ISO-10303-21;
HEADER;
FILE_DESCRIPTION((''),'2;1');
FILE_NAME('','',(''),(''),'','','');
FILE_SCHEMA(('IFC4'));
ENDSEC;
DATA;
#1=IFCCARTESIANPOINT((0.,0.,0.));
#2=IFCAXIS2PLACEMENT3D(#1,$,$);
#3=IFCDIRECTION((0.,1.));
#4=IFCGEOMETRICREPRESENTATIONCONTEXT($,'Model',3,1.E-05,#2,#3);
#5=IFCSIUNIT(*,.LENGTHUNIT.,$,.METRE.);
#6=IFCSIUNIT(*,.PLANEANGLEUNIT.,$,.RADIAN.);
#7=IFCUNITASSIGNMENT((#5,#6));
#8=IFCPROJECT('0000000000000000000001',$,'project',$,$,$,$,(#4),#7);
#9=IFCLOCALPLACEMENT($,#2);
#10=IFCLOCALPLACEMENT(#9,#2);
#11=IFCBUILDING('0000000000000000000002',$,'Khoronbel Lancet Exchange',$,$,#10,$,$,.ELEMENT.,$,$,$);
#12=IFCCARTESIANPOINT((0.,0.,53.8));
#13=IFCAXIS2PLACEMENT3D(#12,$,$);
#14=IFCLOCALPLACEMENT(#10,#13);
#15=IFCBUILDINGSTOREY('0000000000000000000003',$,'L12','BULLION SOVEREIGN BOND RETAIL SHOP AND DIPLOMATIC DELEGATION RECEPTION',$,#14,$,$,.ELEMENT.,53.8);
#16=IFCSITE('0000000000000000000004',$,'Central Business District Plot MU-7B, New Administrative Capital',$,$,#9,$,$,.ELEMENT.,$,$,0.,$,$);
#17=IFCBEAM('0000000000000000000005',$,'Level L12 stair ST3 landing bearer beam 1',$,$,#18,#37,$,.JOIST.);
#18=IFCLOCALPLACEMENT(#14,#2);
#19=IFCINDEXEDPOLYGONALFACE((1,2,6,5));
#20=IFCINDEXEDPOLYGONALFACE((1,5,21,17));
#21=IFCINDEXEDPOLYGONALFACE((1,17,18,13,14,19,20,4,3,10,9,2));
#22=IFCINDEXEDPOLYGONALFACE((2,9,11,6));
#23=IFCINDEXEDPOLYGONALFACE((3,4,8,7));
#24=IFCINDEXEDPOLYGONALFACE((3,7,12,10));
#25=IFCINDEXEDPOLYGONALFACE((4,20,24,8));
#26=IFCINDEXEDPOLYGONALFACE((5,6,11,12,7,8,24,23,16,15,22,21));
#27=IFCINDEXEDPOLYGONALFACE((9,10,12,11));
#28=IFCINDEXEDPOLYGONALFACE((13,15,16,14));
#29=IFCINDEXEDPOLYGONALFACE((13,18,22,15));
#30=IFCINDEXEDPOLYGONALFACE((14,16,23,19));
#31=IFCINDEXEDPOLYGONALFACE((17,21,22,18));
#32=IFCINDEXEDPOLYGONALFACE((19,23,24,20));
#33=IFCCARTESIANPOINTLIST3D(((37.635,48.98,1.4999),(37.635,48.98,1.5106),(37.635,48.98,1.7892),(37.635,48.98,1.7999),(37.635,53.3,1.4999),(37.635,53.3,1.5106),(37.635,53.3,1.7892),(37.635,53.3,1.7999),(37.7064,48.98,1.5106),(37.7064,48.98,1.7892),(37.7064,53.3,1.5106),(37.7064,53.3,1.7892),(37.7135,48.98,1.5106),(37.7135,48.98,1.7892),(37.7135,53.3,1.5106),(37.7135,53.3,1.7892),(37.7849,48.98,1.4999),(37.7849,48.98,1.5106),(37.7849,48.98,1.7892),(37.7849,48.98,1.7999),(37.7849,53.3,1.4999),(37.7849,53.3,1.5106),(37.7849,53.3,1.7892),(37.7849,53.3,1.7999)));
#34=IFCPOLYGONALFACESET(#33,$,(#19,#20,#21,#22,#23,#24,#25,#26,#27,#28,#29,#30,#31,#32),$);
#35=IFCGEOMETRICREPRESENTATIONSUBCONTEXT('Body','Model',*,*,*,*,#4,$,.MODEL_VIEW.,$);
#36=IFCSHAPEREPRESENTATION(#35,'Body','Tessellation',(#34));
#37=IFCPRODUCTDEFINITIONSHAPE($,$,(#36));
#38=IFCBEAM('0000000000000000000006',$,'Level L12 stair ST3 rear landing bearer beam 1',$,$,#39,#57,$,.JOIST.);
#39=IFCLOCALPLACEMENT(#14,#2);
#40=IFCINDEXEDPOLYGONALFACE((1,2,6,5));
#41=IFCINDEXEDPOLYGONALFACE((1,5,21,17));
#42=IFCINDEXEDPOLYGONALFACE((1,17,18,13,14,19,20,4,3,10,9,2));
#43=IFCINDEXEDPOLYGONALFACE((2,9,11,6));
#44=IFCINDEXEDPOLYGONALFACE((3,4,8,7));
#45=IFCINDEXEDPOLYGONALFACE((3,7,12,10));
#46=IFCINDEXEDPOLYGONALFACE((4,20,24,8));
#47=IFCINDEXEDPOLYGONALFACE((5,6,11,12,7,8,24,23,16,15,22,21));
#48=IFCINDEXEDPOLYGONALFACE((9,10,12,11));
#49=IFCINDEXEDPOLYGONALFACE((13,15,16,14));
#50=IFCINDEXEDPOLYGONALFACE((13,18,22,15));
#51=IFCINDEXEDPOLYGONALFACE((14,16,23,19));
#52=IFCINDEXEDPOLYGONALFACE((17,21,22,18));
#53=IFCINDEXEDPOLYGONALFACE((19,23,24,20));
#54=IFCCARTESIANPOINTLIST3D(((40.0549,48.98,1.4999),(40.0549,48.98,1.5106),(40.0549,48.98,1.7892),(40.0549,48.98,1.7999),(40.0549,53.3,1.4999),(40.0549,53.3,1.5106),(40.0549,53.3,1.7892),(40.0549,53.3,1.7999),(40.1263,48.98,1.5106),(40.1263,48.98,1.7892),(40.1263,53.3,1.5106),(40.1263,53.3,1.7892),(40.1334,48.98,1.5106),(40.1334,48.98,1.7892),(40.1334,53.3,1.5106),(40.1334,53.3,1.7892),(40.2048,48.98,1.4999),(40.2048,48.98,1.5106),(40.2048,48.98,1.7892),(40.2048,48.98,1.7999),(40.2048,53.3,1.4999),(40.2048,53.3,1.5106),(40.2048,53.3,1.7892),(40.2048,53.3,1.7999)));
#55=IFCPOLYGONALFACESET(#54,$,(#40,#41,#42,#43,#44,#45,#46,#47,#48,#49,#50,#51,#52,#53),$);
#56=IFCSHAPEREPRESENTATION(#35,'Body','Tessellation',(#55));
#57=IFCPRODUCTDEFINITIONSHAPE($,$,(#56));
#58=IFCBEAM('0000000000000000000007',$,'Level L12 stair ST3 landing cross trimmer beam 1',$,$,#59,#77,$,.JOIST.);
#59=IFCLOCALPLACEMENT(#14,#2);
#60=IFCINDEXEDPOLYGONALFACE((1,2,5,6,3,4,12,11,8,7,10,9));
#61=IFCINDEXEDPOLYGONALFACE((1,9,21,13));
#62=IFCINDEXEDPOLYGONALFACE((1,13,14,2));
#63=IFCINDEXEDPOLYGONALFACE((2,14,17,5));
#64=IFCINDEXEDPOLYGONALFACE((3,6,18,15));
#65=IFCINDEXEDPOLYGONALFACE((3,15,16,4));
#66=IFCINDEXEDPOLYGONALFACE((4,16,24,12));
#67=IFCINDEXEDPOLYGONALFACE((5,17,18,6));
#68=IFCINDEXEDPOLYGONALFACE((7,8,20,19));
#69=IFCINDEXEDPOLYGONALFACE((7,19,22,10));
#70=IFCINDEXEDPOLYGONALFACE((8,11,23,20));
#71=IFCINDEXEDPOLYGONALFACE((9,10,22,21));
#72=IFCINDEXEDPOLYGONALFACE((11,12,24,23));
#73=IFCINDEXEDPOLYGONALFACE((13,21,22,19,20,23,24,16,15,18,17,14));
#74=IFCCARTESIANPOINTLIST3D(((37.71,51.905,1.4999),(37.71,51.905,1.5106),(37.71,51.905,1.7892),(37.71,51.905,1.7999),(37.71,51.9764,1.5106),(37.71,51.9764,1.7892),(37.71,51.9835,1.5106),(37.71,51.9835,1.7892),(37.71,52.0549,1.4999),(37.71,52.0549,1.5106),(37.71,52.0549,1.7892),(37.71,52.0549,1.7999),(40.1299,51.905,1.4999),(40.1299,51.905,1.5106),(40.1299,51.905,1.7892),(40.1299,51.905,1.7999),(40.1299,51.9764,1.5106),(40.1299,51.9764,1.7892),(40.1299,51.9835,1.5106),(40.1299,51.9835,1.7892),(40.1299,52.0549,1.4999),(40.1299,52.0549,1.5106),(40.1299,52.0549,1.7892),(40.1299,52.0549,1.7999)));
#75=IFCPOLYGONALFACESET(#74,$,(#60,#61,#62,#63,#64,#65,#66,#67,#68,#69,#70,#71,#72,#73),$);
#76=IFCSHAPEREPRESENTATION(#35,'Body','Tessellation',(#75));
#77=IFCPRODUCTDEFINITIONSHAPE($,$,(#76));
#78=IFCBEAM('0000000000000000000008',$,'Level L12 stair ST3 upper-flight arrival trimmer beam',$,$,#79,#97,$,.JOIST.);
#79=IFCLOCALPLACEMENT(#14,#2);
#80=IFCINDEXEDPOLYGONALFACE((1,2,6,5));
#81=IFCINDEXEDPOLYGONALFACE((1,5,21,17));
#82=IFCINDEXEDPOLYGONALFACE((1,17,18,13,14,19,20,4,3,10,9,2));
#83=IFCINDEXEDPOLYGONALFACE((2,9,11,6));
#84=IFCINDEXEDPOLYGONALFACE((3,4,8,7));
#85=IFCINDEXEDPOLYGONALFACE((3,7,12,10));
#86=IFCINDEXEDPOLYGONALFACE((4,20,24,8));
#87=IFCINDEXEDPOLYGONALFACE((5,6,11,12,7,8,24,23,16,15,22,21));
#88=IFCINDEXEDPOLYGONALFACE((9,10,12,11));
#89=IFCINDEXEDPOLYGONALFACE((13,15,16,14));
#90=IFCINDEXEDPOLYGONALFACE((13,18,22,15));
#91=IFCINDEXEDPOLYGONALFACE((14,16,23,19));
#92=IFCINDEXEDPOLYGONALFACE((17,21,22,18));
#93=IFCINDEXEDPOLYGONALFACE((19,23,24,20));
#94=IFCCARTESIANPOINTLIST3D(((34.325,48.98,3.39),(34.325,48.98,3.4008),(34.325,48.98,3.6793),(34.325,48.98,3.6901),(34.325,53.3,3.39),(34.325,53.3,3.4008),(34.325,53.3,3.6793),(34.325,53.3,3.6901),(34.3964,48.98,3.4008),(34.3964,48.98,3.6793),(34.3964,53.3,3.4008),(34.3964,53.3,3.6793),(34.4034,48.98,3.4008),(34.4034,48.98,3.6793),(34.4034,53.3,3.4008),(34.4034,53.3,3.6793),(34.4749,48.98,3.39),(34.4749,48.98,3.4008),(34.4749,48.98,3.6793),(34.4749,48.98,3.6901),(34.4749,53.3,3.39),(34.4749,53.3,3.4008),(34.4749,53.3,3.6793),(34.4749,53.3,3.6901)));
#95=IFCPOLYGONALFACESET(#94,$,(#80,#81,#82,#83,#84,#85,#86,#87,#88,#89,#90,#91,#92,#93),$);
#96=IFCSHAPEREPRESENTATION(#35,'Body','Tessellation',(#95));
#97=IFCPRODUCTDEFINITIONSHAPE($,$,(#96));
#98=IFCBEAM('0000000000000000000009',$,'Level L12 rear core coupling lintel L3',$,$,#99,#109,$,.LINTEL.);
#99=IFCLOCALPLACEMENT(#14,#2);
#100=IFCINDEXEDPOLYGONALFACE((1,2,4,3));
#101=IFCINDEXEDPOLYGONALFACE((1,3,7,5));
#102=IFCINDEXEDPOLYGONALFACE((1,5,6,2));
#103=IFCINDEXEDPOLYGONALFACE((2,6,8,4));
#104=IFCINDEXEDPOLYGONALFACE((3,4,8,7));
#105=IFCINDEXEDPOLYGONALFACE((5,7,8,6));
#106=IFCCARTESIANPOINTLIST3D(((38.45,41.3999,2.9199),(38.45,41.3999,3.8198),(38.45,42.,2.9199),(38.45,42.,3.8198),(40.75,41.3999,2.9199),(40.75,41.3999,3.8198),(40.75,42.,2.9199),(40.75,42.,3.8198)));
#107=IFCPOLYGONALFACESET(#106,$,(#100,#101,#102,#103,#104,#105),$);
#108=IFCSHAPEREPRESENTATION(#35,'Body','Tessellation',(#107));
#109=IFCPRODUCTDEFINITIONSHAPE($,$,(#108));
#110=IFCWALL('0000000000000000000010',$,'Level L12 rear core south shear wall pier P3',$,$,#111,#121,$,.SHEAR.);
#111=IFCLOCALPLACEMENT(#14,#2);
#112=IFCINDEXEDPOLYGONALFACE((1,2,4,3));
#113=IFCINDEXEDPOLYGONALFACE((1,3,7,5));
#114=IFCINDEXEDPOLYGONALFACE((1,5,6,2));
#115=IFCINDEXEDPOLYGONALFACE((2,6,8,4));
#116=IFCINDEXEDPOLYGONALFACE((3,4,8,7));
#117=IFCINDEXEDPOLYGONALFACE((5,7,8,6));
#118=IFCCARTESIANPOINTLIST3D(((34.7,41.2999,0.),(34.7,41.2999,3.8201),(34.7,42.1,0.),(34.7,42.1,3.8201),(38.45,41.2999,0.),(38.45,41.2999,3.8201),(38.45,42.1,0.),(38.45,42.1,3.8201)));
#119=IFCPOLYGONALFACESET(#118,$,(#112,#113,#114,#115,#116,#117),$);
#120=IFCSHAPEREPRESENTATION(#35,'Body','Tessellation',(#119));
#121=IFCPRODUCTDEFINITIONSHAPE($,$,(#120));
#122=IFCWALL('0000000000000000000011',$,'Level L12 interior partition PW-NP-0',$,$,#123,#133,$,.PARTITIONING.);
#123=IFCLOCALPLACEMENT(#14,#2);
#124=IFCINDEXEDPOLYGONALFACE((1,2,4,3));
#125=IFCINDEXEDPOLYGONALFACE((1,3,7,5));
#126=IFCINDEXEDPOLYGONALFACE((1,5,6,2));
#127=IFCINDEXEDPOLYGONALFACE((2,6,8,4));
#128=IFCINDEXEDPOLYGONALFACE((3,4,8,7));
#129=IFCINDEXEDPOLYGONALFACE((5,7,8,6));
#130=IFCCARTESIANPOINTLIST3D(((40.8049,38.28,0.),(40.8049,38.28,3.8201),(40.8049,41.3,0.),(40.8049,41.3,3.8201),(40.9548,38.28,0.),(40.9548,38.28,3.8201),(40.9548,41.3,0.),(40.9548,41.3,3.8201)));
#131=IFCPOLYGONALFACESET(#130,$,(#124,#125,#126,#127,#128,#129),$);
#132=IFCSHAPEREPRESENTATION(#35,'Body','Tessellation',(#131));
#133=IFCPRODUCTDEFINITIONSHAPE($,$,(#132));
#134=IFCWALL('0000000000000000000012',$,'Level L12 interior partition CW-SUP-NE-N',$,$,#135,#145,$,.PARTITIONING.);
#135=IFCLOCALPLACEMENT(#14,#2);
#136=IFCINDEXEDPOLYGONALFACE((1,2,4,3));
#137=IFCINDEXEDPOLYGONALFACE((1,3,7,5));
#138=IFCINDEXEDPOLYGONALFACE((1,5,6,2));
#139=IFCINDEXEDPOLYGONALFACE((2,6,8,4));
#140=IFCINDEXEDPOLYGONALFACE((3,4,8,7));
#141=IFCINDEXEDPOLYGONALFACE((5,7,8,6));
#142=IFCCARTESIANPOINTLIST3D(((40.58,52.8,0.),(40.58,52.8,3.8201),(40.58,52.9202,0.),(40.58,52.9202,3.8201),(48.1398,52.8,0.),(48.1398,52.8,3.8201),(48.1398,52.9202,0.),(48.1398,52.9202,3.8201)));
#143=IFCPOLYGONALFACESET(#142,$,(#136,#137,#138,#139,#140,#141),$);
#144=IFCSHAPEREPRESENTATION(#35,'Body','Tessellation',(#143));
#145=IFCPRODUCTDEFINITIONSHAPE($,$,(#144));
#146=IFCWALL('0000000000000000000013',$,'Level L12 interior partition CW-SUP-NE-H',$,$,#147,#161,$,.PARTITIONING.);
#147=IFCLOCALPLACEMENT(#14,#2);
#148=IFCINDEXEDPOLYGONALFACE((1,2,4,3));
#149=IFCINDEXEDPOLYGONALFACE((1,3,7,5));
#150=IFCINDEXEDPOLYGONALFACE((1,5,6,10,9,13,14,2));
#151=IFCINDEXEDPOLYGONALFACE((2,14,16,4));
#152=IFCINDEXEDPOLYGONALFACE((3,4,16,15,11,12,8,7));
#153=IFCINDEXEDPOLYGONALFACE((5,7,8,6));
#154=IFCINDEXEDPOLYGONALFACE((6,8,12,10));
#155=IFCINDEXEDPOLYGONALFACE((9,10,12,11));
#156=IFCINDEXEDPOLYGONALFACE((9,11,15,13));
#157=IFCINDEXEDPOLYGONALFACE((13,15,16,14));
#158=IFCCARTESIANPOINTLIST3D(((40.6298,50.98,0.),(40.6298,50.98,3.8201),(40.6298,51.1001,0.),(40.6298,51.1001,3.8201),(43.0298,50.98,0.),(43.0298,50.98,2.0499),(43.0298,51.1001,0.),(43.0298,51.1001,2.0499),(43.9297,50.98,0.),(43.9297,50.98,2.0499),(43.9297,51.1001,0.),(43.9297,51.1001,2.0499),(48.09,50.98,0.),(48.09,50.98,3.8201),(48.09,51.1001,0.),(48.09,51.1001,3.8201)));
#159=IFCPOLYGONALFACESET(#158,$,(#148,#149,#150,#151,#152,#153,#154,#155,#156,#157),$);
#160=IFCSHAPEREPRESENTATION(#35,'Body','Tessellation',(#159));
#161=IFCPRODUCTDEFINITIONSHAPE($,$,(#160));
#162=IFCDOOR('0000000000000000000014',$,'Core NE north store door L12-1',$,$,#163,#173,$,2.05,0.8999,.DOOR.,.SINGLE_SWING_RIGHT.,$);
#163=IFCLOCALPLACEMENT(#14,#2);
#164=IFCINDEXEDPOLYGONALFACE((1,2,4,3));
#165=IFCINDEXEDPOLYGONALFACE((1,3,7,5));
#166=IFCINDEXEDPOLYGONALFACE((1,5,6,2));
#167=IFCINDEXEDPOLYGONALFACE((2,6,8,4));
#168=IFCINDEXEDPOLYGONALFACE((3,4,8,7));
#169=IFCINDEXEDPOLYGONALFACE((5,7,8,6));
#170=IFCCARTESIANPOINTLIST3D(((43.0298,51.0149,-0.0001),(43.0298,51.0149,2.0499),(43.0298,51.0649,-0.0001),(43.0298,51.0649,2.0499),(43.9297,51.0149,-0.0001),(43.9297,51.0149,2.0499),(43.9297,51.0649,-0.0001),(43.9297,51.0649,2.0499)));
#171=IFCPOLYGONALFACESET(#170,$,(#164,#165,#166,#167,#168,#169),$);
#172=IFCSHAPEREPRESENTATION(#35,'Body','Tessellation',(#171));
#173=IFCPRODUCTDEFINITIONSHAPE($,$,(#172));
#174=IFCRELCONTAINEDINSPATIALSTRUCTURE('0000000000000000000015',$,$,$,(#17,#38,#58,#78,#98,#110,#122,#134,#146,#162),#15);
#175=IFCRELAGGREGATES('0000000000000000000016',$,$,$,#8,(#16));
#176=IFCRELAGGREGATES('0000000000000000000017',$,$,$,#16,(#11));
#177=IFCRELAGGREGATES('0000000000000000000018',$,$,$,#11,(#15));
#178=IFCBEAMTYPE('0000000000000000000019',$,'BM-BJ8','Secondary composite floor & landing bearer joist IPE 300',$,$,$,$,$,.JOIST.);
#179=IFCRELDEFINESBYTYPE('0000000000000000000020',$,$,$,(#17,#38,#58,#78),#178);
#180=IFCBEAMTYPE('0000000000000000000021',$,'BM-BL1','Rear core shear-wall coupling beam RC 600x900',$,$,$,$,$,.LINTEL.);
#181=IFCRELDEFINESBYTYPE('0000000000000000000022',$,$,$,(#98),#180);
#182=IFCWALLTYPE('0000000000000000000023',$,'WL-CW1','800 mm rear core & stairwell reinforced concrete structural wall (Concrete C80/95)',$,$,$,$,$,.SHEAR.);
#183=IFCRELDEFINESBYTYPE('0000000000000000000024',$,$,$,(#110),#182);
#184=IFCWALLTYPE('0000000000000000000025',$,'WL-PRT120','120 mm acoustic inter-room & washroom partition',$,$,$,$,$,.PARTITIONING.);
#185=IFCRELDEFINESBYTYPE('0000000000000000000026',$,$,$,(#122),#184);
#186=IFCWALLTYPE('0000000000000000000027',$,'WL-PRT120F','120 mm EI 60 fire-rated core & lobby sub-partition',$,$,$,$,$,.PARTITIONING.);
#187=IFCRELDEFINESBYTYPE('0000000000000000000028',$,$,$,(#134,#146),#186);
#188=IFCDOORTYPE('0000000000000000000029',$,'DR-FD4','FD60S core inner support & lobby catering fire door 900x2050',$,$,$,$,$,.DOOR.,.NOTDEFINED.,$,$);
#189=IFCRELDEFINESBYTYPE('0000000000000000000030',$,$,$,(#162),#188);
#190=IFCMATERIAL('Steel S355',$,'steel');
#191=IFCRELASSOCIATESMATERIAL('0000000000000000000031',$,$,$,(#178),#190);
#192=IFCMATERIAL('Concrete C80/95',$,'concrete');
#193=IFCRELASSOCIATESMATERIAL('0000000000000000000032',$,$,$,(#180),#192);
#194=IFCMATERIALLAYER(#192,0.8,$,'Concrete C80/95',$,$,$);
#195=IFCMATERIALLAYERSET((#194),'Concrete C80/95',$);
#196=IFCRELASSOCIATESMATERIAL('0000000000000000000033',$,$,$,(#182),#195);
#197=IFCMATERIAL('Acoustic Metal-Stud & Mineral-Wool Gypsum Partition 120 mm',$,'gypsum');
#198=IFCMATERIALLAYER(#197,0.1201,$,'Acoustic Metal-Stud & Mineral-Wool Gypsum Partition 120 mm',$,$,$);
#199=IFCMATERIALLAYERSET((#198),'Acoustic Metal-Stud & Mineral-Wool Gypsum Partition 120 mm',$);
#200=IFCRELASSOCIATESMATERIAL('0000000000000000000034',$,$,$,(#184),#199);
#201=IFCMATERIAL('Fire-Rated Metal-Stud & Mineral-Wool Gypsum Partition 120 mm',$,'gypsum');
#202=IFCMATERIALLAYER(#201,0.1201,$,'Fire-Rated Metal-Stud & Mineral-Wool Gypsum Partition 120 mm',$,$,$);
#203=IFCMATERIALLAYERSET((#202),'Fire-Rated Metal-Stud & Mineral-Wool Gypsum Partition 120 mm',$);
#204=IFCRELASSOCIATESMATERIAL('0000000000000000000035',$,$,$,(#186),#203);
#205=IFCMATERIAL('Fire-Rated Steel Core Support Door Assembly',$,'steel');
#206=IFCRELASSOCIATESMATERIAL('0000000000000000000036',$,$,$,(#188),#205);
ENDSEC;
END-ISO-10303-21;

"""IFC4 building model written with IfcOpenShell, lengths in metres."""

from ifc_helpers import new_model, si_unit, direction, frame, frame_2d, origin, origin_2d, place, context, subcontext, project, spatial, rectangle, i_section, extrude, material, layer, layer_set, material_profile, profile_set, type_object, element, fill, save


model = new_model("IFC4")

# Units and contexts
model_context = context("Model", 3, precision=1e-05, world=origin(), true_north=direction((0.0, 1.0)))
body_context = subcontext(model_context, "Body", "Model", "MODEL_VIEW")
ifc_project = project(units=[si_unit("LENGTHUNIT", "METRE"), si_unit("PLANEANGLEUNIT", "RADIAN")], contexts=[model_context])

# Site, building, storey
site_placement = place(None, origin())
site = spatial("IfcSite", under=ifc_project, at=site_placement, Name="Central Business District Plot MU-7B, New Administrative Capital", CompositionType="ELEMENT", RefElevation=0.0)
building_placement = place(site_placement, origin())
building = spatial("IfcBuilding", under=site, at=building_placement, Name="Khoronbel Lancet Exchange", CompositionType="ELEMENT")
storey_placement = place(building_placement, frame((0.0, 0.0, 53.8)))
storey = spatial("IfcBuildingStorey", under=building, at=storey_placement, Name="L12", Description="BULLION SOVEREIGN BOND RETAIL SHOP AND DIPLOMATIC DELEGATION RECEPTION", CompositionType="ELEMENT", Elevation=53.8)

# Beams
ifc_material_1 = material(Name="Steel S355", Category="steel")
ifc_material_profile_1 = material_profile(ifc_material_1, i_section(OverallWidth=0.1499, OverallDepth=0.3, WebThickness=0.0071, FlangeThickness=0.0107, at=origin_2d()), Name="IPE 300")
ifc_profile_set_1 = profile_set([ifc_material_profile_1], Name="Steel S355")
beam_type_1 = type_object("IfcBeamType", Name="BM-BJ8", Description="Secondary composite floor & landing bearer joist IPE 300", PredefinedType="JOIST", material=ifc_profile_set_1)
for number, where, z_axis, x_axis, name in (
    (1, (37.71, 48.98, 1.6499), (0.0, 1.0, 0.0), (-1.0, 0.0, 0.0), "Level L12 stair ST3 landing bearer beam 1"),
    (2, (40.1299, 48.98, 1.6499), (0.0, 1.0, 0.0), (-1.0, 0.0, 0.0), "Level L12 stair ST3 rear landing bearer beam 1"),
):
    element("IfcBeam", number, at=place(storey_placement, frame(where, z_axis=z_axis, x_axis=x_axis)), inside=storey, type_object=beam_type_1, Name=name, PredefinedType="JOIST", context=body_context, shape_type="SweptSolid", body=[
        extrude(i_section(OverallWidth=0.1499, OverallDepth=0.3, WebThickness=0.0071, FlangeThickness=0.0107, at=origin_2d()), origin(), (0.0, 0.0, 1.0), 4.3201),
    ])
beam_1_placement = place(storey_placement, frame((37.71, 51.98, 1.6499), z_axis=(1.0, 0.0, 0.0), x_axis=(0.0, 1.0, 0.0)))
element("IfcBeam", 3, at=beam_1_placement, inside=storey, type_object=beam_type_1, Name="Level L12 stair ST3 landing cross trimmer beam 1", PredefinedType="JOIST", context=body_context, shape_type="SweptSolid", body=[
    extrude(i_section(OverallWidth=0.1499, OverallDepth=0.3, WebThickness=0.0071, FlangeThickness=0.0107, at=origin_2d()), origin(), (0.0, 0.0, 1.0), 2.4199),
])
beam_2_placement = place(storey_placement, frame((34.3999, 48.98, 3.54), z_axis=(0.0, 1.0, 0.0), x_axis=(-1.0, 0.0, 0.0)))
element("IfcBeam", 4, at=beam_2_placement, inside=storey, type_object=beam_type_1, Name="Level L12 stair ST3 upper-flight arrival trimmer beam", PredefinedType="JOIST", context=body_context, shape_type="SweptSolid", body=[
    extrude(i_section(OverallWidth=0.1499, OverallDepth=0.3, WebThickness=0.0071, FlangeThickness=0.0107, at=origin_2d()), origin(), (0.0, 0.0, 1.0), 4.3201),
])
ifc_material_2 = material(Name="Concrete C80/95", Category="concrete")
ifc_material_profile_2 = material_profile(ifc_material_2, rectangle(XDim=0.6001, YDim=0.8999, at=origin_2d()), Name="RC 600x900")
ifc_profile_set_2 = profile_set([ifc_material_profile_2], Name="Concrete C80/95")
beam_type_2 = type_object("IfcBeamType", Name="BM-BL1", Description="Rear core shear-wall coupling beam RC 600x900", PredefinedType="LINTEL", material=ifc_profile_set_2)
beam_3_placement = place(storey_placement, frame((38.45, 41.7, 3.3699), z_axis=(1.0, 0.0, 0.0), x_axis=(0.0, 1.0, 0.0)))
element("IfcBeam", 5, at=beam_3_placement, inside=storey, type_object=beam_type_2, Name="Level L12 rear core coupling lintel L3", PredefinedType="LINTEL", context=body_context, shape_type="SweptSolid", body=[
    extrude(rectangle(XDim=0.6001, YDim=0.8999, at=origin_2d()), origin(), (0.0, 0.0, 1.0), 2.3),
])

# Walls
ifc_layer_1 = layer(ifc_material_2, 0.8, Name="Concrete C80/95")
ifc_layer_set_1 = layer_set([ifc_layer_1], Name="Concrete C80/95")
wall_type_1 = type_object("IfcWallType", Name="WL-CW1", Description="800 mm rear core & stairwell reinforced concrete structural wall (Concrete C80/95)", PredefinedType="SHEAR", material=ifc_layer_set_1)
wall_1_placement = place(storey_placement, frame((38.45, 41.7, 0.0), z_axis=(0.0, 0.0, 1.0), x_axis=(-1.0, 0.0, 0.0)))
element("IfcWall", 6, at=wall_1_placement, inside=storey, type_object=wall_type_1, Name="Level L12 rear core south shear wall pier P3", PredefinedType="SHEAR", context=body_context, shape_type="SweptSolid", body=[
    extrude(rectangle(XDim=3.75, YDim=0.8, at=frame_2d((1.875, 0.0))), origin(), (0.0, 0.0, 1.0), 3.8201),
])
ifc_material_3 = material(Name="Acoustic Metal-Stud & Mineral-Wool Gypsum Partition 120 mm", Category="gypsum")
ifc_layer_2 = layer(ifc_material_3, 0.1201, Name="Acoustic Metal-Stud & Mineral-Wool Gypsum Partition 120 mm")
ifc_layer_set_2 = layer_set([ifc_layer_2], Name="Acoustic Metal-Stud & Mineral-Wool Gypsum Partition 120 mm")
wall_type_2 = type_object("IfcWallType", Name="WL-PRT120", Description="120 mm acoustic inter-room & washroom partition", PredefinedType="PARTITIONING", material=ifc_layer_set_2)
wall_2_placement = place(storey_placement, frame((40.8799, 38.28, 0.0), z_axis=(0.0, 0.0, 1.0), x_axis=(0.0, 1.0, 0.0)))
element("IfcWall", 7, at=wall_2_placement, inside=storey, type_object=wall_type_2, Name="Level L12 interior partition PW-NP-0", PredefinedType="PARTITIONING", context=body_context, shape_type="SweptSolid", body=[
    extrude(rectangle(XDim=3.02, YDim=0.1499, at=frame_2d((1.51, 0.0))), origin(), (0.0, 0.0, 1.0), 3.8201),
])
ifc_material_4 = material(Name="Fire-Rated Metal-Stud & Mineral-Wool Gypsum Partition 120 mm", Category="gypsum")
ifc_layer_3 = layer(ifc_material_4, 0.1201, Name="Fire-Rated Metal-Stud & Mineral-Wool Gypsum Partition 120 mm")
ifc_layer_set_3 = layer_set([ifc_layer_3], Name="Fire-Rated Metal-Stud & Mineral-Wool Gypsum Partition 120 mm")
wall_type_3 = type_object("IfcWallType", Name="WL-PRT120F", Description="120 mm EI 60 fire-rated core & lobby sub-partition", PredefinedType="PARTITIONING", material=ifc_layer_set_3)
wall_3_placement = place(storey_placement, frame((40.5801, 52.8601, 0.0), z_axis=(0.0, 0.0, 1.0), x_axis=(1.0, 0.0, 0.0)))
element("IfcWall", 8, at=wall_3_placement, inside=storey, type_object=wall_type_3, Name="Level L12 interior partition CW-SUP-NE-N", PredefinedType="PARTITIONING", context=body_context, shape_type="SweptSolid", body=[
    extrude(rectangle(XDim=7.5598, YDim=0.1201, at=frame_2d((3.7798, 0.0))), origin(), (0.0, 0.0, 1.0), 3.8201),
])

# Wall, opening, door
wall_4_placement = place(storey_placement, frame((40.6299, 51.04, 0.0), z_axis=(0.0, 0.0, 1.0), x_axis=(1.0, 0.0, 0.0)))
wall_4 = element("IfcWall", 9, at=wall_4_placement, inside=storey, type_object=wall_type_3, Name="Level L12 interior partition CW-SUP-NE-H", PredefinedType="PARTITIONING", context=body_context, shape_type="SweptSolid", body=[
    extrude(rectangle(XDim=7.4602, YDim=0.1201, at=frame_2d((3.73, 0.0))), origin(), (0.0, 0.0, 1.0), 3.8201),
])
opening_1_placement = place(wall_4_placement, frame((2.3999, 0.0, 0.0)))
opening_1 = element("IfcOpeningElement", 10, at=opening_1_placement, cuts=wall_4, PredefinedType="OPENING", context=body_context, shape_type="SweptSolid", body=[
    extrude(rectangle(XDim=0.8999, YDim=2.05, at=frame_2d((0.45, 1.0249))), frame((0.0, 0.0701, 0.0), z_axis=(0.0, -1.0, 0.0), x_axis=(1.0, 0.0, 0.0)), (0.0, 0.0, 1.0), 0.1401),
])
ifc_material_5 = material(Name="Fire-Rated Steel Core Support Door Assembly", Category="steel")
door_type_1 = type_object("IfcDoorType", Name="DR-FD4", Description="FD60S core inner support & lobby catering fire door 900x2050", OperationType="NOTDEFINED", PredefinedType="DOOR", material=ifc_material_5)
door_1_placement = place(opening_1_placement, origin())
door_1 = element("IfcDoor", 11, at=door_1_placement, inside=storey, type_object=door_type_1, Name="Core NE north store door L12-1", OperationType="SINGLE_SWING_RIGHT", OverallHeight=2.05, OverallWidth=0.8999, PredefinedType="DOOR", context=body_context, shape_type="SweptSolid", body=[
    extrude(rectangle(XDim=0.8999, YDim=2.05, at=frame_2d((0.45, 1.0249))), frame((0.0, 0.0249, 0.0), z_axis=(0.0, -1.0, 0.0), x_axis=(1.0, 0.0, 0.0)), (0.0, 0.0, 1.0), 0.05),
])
fill(opening_1, door_1)

save(model, "model.ifc")
